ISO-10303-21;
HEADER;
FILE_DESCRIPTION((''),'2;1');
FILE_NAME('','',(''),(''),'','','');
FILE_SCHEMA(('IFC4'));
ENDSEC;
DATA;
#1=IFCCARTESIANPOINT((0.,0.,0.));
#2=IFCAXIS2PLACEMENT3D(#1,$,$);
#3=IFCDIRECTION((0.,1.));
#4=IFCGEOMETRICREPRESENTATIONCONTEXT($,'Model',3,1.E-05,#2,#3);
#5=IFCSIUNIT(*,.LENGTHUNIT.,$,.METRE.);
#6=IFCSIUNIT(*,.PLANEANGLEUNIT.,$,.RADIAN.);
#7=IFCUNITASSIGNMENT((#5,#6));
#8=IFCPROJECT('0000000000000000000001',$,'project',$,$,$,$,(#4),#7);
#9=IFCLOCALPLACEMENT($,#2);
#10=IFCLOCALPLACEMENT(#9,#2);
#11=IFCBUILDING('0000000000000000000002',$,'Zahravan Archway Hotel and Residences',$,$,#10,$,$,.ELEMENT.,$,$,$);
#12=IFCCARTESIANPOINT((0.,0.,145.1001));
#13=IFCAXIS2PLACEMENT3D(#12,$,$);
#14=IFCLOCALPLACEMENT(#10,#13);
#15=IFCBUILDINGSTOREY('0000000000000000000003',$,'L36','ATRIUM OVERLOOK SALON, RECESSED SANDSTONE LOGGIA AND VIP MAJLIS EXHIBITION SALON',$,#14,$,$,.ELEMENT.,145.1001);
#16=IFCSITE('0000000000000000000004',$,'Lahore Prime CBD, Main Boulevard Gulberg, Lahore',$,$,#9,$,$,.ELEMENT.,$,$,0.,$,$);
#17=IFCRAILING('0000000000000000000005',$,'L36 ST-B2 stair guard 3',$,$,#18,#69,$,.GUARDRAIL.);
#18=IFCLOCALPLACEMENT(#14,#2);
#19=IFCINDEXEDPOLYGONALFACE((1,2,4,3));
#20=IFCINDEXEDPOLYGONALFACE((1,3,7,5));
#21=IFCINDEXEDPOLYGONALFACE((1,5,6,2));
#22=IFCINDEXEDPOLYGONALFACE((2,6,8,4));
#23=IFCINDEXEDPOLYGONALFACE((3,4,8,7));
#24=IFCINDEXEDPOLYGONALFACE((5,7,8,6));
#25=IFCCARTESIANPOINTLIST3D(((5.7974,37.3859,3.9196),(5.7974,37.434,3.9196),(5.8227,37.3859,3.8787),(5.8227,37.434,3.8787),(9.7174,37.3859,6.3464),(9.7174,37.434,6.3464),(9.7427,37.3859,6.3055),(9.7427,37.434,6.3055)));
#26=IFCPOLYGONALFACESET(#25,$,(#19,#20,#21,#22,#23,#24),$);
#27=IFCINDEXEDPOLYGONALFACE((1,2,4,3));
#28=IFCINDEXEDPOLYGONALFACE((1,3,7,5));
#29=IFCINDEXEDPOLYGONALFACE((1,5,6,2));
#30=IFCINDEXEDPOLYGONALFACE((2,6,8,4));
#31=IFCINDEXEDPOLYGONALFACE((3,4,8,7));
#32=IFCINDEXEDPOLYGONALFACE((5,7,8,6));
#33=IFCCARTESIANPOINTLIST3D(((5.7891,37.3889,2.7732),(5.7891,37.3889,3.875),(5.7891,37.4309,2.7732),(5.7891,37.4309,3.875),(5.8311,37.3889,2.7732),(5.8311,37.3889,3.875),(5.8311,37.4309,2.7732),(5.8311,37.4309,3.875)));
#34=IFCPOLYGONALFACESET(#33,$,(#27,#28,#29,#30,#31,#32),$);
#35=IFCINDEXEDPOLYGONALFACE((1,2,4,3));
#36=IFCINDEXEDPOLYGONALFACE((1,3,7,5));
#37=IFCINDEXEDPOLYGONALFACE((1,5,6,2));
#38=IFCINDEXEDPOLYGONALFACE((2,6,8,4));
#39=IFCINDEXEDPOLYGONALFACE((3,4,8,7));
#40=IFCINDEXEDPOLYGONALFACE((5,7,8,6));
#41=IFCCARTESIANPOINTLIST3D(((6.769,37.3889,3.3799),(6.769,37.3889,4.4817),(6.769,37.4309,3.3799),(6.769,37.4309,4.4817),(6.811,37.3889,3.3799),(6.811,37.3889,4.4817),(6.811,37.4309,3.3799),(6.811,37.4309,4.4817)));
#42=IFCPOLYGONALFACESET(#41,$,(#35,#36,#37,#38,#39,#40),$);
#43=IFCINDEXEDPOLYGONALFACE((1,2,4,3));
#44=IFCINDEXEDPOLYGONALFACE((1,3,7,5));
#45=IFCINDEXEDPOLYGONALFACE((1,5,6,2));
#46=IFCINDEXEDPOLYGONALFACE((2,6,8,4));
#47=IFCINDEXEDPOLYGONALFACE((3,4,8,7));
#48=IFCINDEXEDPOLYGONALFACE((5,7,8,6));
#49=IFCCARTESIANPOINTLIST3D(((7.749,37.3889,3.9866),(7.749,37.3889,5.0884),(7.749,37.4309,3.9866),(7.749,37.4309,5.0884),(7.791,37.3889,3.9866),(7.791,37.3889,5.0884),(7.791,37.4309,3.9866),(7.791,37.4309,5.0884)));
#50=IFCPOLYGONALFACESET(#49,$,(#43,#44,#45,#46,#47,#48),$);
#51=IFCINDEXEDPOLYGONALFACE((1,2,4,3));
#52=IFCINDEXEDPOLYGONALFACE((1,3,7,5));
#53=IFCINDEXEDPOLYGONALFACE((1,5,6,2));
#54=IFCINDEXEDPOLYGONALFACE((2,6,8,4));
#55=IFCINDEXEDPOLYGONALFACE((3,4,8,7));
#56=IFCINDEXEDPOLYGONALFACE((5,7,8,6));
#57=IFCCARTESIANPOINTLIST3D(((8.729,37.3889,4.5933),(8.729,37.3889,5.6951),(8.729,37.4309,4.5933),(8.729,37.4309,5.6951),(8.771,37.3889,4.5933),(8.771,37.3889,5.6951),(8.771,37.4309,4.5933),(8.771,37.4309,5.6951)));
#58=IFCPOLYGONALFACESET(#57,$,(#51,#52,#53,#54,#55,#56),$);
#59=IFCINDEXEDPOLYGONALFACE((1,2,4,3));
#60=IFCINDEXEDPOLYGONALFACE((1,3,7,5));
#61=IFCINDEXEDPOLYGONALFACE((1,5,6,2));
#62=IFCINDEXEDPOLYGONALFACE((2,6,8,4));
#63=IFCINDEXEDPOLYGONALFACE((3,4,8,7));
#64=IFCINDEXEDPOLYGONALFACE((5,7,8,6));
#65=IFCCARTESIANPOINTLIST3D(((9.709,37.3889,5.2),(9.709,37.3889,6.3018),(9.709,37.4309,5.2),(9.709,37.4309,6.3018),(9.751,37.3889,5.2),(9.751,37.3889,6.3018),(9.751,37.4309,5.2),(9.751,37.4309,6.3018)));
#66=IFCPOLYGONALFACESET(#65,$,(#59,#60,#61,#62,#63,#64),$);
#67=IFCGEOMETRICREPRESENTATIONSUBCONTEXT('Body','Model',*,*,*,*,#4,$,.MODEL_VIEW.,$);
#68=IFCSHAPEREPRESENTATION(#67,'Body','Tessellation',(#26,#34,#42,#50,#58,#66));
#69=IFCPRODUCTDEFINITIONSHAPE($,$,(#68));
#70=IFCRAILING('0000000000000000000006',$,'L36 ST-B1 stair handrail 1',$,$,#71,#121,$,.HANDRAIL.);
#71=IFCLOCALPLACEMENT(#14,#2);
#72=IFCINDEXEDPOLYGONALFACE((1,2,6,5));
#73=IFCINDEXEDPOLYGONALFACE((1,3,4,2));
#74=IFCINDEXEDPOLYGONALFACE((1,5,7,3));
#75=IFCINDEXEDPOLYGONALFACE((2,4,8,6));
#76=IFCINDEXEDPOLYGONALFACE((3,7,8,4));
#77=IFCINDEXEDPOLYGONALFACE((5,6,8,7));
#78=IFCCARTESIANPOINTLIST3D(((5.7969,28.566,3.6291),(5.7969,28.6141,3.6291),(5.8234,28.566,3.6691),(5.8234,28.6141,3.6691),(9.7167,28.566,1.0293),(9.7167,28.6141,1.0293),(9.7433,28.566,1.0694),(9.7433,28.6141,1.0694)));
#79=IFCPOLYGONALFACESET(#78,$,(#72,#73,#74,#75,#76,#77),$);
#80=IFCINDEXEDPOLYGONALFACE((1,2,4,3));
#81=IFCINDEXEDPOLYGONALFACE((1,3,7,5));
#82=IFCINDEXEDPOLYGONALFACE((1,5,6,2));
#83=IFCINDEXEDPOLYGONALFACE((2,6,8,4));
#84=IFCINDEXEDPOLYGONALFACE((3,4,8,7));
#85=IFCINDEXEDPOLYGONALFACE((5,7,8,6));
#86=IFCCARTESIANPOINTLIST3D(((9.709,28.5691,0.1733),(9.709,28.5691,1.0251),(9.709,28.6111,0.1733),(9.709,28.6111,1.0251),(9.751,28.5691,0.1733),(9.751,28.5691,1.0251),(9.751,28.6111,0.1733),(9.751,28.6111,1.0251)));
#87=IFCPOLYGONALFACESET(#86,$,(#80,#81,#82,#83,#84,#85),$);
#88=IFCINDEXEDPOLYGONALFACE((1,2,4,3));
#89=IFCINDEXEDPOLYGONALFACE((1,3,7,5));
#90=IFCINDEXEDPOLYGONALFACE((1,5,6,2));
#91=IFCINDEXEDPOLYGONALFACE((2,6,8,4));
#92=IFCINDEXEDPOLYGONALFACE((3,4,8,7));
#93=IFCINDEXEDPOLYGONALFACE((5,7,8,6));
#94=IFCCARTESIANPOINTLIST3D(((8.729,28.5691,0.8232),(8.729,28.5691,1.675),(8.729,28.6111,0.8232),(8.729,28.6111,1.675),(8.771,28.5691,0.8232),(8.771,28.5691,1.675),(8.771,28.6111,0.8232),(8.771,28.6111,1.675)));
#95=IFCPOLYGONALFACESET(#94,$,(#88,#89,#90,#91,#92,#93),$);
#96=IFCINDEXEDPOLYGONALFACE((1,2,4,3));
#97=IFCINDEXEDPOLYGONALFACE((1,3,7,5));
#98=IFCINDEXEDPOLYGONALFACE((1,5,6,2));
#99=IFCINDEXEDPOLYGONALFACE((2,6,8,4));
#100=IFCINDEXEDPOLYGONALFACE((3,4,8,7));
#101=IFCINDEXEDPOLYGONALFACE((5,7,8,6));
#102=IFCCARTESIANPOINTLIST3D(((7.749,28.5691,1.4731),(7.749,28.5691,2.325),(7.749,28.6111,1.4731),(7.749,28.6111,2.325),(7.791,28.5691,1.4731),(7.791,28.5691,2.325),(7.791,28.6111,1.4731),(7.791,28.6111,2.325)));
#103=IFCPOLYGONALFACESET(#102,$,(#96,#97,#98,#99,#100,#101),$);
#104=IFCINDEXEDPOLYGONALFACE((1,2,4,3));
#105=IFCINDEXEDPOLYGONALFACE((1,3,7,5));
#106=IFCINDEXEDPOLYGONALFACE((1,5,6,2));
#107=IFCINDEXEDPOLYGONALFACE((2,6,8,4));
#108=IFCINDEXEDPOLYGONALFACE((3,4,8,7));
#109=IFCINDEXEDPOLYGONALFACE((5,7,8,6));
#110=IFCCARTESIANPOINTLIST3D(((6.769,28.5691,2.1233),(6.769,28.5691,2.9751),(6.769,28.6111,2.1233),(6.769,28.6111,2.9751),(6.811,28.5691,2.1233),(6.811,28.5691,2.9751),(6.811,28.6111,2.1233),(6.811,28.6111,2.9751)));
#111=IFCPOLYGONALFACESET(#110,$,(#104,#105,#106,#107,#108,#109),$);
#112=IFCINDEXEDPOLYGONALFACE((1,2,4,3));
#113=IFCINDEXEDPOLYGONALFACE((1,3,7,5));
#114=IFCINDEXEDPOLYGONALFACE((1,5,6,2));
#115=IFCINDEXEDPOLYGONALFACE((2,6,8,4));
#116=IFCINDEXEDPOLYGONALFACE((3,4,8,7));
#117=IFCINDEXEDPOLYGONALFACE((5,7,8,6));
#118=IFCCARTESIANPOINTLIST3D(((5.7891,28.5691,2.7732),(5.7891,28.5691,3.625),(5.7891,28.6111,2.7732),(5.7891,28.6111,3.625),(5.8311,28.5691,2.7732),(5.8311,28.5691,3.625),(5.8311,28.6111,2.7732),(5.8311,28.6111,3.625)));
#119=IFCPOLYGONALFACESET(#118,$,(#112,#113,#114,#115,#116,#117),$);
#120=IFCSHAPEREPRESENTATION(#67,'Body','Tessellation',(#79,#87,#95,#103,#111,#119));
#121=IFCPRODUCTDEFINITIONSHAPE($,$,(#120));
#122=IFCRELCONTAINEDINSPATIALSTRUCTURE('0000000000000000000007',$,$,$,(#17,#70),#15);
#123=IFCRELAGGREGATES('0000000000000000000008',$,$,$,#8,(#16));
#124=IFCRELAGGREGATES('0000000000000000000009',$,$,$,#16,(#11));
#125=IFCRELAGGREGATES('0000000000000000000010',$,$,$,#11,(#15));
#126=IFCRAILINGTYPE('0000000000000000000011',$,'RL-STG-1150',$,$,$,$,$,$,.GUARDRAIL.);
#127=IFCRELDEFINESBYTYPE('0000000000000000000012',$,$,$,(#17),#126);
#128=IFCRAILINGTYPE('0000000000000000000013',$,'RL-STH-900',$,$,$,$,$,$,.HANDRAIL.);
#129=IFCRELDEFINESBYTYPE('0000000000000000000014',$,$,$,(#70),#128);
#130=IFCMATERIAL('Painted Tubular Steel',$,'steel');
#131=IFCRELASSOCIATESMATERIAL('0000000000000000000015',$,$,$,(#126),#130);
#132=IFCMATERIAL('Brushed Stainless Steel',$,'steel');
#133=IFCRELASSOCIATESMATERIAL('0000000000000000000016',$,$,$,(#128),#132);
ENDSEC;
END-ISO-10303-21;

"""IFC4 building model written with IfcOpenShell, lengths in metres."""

from ifc_helpers import new_model, si_unit, direction, frame, origin, origin_2d, place, context, subcontext, project, spatial, rectangle, extrude, material, type_object, element, save


model = new_model("IFC4")

# Units and contexts
model_context = context("Model", 3, precision=1e-05, world=origin(), true_north=direction((0.0, 1.0)))
body_context = subcontext(model_context, "Body", "Model", "MODEL_VIEW")
ifc_project = project(units=[si_unit("LENGTHUNIT", "METRE"), si_unit("PLANEANGLEUNIT", "RADIAN")], contexts=[model_context])

# Site, building, storey
site_placement = place(None, origin())
site = spatial("IfcSite", under=ifc_project, at=site_placement, Name="Lahore Prime CBD, Main Boulevard Gulberg, Lahore", CompositionType="ELEMENT", RefElevation=0.0)
building_placement = place(site_placement, origin())
building = spatial("IfcBuilding", under=site, at=building_placement, Name="Zahravan Archway Hotel and Residences", CompositionType="ELEMENT")
storey_placement = place(building_placement, frame((0.0, 0.0, 145.1001)))
storey = spatial("IfcBuildingStorey", under=building, at=storey_placement, Name="L36", Description="ATRIUM OVERLOOK SALON, RECESSED SANDSTONE LOGGIA AND VIP MAJLIS EXHIBITION SALON", CompositionType="ELEMENT", Elevation=145.1001)

# Shared definitions
ifc_material_1 = material(Name="Brushed Stainless Steel", Category="steel")

# Railings
ifc_material_2 = material(Name="Painted Tubular Steel", Category="steel")
railing_type_1 = type_object("IfcRailingType", Name="RL-STG-1150", PredefinedType="GUARDRAIL", material=ifc_material_2)
railing_1_placement = place(storey_placement, frame((5.8101, 37.4099, 2.7732)))
element("IfcRailing", 1, at=railing_1_placement, inside=storey, type_object=railing_type_1, Name="L36 ST-B2 stair guard 3", PredefinedType="GUARDRAIL", context=body_context, shape_type="SweptSolid", body=[
    extrude(rectangle(XDim=0.0481, YDim=0.0481, at=origin_2d()), frame((0.0, 0.0, 1.126), z_axis=(0.850252, 0.0, 0.526376), x_axis=(0.0, 1.0, 0.0)), (0.0, 0.0, 1.0), 4.6104),
    extrude(rectangle(XDim=0.042, YDim=0.042, at=origin_2d()), origin(), (0.0, 0.0, 1.0), 1.1018),
    extrude(rectangle(XDim=0.042, YDim=0.042, at=origin_2d()), frame((0.98, 0.0, 0.6067)), (0.0, 0.0, 1.0), 1.1018),
    extrude(rectangle(XDim=0.042, YDim=0.042, at=origin_2d()), frame((1.96, 0.0, 1.2134)), (0.0, 0.0, 1.0), 1.1018),
    extrude(rectangle(XDim=0.042, YDim=0.042, at=origin_2d()), frame((2.9399, 0.0, 1.8201)), (0.0, 0.0, 1.0), 1.1018),
    extrude(rectangle(XDim=0.042, YDim=0.042, at=origin_2d()), frame((3.9199, 0.0, 2.4268)), (0.0, 0.0, 1.0), 1.1018),
])
railing_type_2 = type_object("IfcRailingType", Name="RL-STH-900", PredefinedType="HANDRAIL", material=ifc_material_1)
railing_2_placement = place(storey_placement, frame((9.73, 28.5901, 0.1733)))
element("IfcRailing", 2, at=railing_2_placement, inside=storey, type_object=railing_type_2, Name="L36 ST-B1 stair handrail 1", PredefinedType="HANDRAIL", context=body_context, shape_type="SweptSolid", body=[
    extrude(rectangle(XDim=0.0481, YDim=0.0481, at=origin_2d()), frame((0.0, 0.0, 0.876), z_axis=(-0.833366, 0.0, 0.552722), x_axis=(0.0, -1.0, 0.0)), (0.0, 0.0, 1.0), 4.7036),
    extrude(rectangle(XDim=0.042, YDim=0.042, at=origin_2d()), origin(), (0.0, 0.0, 1.0), 0.8518),
    extrude(rectangle(XDim=0.042, YDim=0.042, at=origin_2d()), frame((-0.98, 0.0, 0.6499)), (0.0, 0.0, 1.0), 0.8518),
    extrude(rectangle(XDim=0.042, YDim=0.042, at=origin_2d()), frame((-1.96, 0.0, 1.2998)), (0.0, 0.0, 1.0), 0.8518),
    extrude(rectangle(XDim=0.042, YDim=0.042, at=origin_2d()), frame((-2.9399, 0.0, 1.95)), (0.0, 0.0, 1.0), 0.8518),
    extrude(rectangle(XDim=0.042, YDim=0.042, at=origin_2d()), frame((-3.9199, 0.0, 2.5999)), (0.0, 0.0, 1.0), 0.8518),
])

save(model, "model.ifc")
